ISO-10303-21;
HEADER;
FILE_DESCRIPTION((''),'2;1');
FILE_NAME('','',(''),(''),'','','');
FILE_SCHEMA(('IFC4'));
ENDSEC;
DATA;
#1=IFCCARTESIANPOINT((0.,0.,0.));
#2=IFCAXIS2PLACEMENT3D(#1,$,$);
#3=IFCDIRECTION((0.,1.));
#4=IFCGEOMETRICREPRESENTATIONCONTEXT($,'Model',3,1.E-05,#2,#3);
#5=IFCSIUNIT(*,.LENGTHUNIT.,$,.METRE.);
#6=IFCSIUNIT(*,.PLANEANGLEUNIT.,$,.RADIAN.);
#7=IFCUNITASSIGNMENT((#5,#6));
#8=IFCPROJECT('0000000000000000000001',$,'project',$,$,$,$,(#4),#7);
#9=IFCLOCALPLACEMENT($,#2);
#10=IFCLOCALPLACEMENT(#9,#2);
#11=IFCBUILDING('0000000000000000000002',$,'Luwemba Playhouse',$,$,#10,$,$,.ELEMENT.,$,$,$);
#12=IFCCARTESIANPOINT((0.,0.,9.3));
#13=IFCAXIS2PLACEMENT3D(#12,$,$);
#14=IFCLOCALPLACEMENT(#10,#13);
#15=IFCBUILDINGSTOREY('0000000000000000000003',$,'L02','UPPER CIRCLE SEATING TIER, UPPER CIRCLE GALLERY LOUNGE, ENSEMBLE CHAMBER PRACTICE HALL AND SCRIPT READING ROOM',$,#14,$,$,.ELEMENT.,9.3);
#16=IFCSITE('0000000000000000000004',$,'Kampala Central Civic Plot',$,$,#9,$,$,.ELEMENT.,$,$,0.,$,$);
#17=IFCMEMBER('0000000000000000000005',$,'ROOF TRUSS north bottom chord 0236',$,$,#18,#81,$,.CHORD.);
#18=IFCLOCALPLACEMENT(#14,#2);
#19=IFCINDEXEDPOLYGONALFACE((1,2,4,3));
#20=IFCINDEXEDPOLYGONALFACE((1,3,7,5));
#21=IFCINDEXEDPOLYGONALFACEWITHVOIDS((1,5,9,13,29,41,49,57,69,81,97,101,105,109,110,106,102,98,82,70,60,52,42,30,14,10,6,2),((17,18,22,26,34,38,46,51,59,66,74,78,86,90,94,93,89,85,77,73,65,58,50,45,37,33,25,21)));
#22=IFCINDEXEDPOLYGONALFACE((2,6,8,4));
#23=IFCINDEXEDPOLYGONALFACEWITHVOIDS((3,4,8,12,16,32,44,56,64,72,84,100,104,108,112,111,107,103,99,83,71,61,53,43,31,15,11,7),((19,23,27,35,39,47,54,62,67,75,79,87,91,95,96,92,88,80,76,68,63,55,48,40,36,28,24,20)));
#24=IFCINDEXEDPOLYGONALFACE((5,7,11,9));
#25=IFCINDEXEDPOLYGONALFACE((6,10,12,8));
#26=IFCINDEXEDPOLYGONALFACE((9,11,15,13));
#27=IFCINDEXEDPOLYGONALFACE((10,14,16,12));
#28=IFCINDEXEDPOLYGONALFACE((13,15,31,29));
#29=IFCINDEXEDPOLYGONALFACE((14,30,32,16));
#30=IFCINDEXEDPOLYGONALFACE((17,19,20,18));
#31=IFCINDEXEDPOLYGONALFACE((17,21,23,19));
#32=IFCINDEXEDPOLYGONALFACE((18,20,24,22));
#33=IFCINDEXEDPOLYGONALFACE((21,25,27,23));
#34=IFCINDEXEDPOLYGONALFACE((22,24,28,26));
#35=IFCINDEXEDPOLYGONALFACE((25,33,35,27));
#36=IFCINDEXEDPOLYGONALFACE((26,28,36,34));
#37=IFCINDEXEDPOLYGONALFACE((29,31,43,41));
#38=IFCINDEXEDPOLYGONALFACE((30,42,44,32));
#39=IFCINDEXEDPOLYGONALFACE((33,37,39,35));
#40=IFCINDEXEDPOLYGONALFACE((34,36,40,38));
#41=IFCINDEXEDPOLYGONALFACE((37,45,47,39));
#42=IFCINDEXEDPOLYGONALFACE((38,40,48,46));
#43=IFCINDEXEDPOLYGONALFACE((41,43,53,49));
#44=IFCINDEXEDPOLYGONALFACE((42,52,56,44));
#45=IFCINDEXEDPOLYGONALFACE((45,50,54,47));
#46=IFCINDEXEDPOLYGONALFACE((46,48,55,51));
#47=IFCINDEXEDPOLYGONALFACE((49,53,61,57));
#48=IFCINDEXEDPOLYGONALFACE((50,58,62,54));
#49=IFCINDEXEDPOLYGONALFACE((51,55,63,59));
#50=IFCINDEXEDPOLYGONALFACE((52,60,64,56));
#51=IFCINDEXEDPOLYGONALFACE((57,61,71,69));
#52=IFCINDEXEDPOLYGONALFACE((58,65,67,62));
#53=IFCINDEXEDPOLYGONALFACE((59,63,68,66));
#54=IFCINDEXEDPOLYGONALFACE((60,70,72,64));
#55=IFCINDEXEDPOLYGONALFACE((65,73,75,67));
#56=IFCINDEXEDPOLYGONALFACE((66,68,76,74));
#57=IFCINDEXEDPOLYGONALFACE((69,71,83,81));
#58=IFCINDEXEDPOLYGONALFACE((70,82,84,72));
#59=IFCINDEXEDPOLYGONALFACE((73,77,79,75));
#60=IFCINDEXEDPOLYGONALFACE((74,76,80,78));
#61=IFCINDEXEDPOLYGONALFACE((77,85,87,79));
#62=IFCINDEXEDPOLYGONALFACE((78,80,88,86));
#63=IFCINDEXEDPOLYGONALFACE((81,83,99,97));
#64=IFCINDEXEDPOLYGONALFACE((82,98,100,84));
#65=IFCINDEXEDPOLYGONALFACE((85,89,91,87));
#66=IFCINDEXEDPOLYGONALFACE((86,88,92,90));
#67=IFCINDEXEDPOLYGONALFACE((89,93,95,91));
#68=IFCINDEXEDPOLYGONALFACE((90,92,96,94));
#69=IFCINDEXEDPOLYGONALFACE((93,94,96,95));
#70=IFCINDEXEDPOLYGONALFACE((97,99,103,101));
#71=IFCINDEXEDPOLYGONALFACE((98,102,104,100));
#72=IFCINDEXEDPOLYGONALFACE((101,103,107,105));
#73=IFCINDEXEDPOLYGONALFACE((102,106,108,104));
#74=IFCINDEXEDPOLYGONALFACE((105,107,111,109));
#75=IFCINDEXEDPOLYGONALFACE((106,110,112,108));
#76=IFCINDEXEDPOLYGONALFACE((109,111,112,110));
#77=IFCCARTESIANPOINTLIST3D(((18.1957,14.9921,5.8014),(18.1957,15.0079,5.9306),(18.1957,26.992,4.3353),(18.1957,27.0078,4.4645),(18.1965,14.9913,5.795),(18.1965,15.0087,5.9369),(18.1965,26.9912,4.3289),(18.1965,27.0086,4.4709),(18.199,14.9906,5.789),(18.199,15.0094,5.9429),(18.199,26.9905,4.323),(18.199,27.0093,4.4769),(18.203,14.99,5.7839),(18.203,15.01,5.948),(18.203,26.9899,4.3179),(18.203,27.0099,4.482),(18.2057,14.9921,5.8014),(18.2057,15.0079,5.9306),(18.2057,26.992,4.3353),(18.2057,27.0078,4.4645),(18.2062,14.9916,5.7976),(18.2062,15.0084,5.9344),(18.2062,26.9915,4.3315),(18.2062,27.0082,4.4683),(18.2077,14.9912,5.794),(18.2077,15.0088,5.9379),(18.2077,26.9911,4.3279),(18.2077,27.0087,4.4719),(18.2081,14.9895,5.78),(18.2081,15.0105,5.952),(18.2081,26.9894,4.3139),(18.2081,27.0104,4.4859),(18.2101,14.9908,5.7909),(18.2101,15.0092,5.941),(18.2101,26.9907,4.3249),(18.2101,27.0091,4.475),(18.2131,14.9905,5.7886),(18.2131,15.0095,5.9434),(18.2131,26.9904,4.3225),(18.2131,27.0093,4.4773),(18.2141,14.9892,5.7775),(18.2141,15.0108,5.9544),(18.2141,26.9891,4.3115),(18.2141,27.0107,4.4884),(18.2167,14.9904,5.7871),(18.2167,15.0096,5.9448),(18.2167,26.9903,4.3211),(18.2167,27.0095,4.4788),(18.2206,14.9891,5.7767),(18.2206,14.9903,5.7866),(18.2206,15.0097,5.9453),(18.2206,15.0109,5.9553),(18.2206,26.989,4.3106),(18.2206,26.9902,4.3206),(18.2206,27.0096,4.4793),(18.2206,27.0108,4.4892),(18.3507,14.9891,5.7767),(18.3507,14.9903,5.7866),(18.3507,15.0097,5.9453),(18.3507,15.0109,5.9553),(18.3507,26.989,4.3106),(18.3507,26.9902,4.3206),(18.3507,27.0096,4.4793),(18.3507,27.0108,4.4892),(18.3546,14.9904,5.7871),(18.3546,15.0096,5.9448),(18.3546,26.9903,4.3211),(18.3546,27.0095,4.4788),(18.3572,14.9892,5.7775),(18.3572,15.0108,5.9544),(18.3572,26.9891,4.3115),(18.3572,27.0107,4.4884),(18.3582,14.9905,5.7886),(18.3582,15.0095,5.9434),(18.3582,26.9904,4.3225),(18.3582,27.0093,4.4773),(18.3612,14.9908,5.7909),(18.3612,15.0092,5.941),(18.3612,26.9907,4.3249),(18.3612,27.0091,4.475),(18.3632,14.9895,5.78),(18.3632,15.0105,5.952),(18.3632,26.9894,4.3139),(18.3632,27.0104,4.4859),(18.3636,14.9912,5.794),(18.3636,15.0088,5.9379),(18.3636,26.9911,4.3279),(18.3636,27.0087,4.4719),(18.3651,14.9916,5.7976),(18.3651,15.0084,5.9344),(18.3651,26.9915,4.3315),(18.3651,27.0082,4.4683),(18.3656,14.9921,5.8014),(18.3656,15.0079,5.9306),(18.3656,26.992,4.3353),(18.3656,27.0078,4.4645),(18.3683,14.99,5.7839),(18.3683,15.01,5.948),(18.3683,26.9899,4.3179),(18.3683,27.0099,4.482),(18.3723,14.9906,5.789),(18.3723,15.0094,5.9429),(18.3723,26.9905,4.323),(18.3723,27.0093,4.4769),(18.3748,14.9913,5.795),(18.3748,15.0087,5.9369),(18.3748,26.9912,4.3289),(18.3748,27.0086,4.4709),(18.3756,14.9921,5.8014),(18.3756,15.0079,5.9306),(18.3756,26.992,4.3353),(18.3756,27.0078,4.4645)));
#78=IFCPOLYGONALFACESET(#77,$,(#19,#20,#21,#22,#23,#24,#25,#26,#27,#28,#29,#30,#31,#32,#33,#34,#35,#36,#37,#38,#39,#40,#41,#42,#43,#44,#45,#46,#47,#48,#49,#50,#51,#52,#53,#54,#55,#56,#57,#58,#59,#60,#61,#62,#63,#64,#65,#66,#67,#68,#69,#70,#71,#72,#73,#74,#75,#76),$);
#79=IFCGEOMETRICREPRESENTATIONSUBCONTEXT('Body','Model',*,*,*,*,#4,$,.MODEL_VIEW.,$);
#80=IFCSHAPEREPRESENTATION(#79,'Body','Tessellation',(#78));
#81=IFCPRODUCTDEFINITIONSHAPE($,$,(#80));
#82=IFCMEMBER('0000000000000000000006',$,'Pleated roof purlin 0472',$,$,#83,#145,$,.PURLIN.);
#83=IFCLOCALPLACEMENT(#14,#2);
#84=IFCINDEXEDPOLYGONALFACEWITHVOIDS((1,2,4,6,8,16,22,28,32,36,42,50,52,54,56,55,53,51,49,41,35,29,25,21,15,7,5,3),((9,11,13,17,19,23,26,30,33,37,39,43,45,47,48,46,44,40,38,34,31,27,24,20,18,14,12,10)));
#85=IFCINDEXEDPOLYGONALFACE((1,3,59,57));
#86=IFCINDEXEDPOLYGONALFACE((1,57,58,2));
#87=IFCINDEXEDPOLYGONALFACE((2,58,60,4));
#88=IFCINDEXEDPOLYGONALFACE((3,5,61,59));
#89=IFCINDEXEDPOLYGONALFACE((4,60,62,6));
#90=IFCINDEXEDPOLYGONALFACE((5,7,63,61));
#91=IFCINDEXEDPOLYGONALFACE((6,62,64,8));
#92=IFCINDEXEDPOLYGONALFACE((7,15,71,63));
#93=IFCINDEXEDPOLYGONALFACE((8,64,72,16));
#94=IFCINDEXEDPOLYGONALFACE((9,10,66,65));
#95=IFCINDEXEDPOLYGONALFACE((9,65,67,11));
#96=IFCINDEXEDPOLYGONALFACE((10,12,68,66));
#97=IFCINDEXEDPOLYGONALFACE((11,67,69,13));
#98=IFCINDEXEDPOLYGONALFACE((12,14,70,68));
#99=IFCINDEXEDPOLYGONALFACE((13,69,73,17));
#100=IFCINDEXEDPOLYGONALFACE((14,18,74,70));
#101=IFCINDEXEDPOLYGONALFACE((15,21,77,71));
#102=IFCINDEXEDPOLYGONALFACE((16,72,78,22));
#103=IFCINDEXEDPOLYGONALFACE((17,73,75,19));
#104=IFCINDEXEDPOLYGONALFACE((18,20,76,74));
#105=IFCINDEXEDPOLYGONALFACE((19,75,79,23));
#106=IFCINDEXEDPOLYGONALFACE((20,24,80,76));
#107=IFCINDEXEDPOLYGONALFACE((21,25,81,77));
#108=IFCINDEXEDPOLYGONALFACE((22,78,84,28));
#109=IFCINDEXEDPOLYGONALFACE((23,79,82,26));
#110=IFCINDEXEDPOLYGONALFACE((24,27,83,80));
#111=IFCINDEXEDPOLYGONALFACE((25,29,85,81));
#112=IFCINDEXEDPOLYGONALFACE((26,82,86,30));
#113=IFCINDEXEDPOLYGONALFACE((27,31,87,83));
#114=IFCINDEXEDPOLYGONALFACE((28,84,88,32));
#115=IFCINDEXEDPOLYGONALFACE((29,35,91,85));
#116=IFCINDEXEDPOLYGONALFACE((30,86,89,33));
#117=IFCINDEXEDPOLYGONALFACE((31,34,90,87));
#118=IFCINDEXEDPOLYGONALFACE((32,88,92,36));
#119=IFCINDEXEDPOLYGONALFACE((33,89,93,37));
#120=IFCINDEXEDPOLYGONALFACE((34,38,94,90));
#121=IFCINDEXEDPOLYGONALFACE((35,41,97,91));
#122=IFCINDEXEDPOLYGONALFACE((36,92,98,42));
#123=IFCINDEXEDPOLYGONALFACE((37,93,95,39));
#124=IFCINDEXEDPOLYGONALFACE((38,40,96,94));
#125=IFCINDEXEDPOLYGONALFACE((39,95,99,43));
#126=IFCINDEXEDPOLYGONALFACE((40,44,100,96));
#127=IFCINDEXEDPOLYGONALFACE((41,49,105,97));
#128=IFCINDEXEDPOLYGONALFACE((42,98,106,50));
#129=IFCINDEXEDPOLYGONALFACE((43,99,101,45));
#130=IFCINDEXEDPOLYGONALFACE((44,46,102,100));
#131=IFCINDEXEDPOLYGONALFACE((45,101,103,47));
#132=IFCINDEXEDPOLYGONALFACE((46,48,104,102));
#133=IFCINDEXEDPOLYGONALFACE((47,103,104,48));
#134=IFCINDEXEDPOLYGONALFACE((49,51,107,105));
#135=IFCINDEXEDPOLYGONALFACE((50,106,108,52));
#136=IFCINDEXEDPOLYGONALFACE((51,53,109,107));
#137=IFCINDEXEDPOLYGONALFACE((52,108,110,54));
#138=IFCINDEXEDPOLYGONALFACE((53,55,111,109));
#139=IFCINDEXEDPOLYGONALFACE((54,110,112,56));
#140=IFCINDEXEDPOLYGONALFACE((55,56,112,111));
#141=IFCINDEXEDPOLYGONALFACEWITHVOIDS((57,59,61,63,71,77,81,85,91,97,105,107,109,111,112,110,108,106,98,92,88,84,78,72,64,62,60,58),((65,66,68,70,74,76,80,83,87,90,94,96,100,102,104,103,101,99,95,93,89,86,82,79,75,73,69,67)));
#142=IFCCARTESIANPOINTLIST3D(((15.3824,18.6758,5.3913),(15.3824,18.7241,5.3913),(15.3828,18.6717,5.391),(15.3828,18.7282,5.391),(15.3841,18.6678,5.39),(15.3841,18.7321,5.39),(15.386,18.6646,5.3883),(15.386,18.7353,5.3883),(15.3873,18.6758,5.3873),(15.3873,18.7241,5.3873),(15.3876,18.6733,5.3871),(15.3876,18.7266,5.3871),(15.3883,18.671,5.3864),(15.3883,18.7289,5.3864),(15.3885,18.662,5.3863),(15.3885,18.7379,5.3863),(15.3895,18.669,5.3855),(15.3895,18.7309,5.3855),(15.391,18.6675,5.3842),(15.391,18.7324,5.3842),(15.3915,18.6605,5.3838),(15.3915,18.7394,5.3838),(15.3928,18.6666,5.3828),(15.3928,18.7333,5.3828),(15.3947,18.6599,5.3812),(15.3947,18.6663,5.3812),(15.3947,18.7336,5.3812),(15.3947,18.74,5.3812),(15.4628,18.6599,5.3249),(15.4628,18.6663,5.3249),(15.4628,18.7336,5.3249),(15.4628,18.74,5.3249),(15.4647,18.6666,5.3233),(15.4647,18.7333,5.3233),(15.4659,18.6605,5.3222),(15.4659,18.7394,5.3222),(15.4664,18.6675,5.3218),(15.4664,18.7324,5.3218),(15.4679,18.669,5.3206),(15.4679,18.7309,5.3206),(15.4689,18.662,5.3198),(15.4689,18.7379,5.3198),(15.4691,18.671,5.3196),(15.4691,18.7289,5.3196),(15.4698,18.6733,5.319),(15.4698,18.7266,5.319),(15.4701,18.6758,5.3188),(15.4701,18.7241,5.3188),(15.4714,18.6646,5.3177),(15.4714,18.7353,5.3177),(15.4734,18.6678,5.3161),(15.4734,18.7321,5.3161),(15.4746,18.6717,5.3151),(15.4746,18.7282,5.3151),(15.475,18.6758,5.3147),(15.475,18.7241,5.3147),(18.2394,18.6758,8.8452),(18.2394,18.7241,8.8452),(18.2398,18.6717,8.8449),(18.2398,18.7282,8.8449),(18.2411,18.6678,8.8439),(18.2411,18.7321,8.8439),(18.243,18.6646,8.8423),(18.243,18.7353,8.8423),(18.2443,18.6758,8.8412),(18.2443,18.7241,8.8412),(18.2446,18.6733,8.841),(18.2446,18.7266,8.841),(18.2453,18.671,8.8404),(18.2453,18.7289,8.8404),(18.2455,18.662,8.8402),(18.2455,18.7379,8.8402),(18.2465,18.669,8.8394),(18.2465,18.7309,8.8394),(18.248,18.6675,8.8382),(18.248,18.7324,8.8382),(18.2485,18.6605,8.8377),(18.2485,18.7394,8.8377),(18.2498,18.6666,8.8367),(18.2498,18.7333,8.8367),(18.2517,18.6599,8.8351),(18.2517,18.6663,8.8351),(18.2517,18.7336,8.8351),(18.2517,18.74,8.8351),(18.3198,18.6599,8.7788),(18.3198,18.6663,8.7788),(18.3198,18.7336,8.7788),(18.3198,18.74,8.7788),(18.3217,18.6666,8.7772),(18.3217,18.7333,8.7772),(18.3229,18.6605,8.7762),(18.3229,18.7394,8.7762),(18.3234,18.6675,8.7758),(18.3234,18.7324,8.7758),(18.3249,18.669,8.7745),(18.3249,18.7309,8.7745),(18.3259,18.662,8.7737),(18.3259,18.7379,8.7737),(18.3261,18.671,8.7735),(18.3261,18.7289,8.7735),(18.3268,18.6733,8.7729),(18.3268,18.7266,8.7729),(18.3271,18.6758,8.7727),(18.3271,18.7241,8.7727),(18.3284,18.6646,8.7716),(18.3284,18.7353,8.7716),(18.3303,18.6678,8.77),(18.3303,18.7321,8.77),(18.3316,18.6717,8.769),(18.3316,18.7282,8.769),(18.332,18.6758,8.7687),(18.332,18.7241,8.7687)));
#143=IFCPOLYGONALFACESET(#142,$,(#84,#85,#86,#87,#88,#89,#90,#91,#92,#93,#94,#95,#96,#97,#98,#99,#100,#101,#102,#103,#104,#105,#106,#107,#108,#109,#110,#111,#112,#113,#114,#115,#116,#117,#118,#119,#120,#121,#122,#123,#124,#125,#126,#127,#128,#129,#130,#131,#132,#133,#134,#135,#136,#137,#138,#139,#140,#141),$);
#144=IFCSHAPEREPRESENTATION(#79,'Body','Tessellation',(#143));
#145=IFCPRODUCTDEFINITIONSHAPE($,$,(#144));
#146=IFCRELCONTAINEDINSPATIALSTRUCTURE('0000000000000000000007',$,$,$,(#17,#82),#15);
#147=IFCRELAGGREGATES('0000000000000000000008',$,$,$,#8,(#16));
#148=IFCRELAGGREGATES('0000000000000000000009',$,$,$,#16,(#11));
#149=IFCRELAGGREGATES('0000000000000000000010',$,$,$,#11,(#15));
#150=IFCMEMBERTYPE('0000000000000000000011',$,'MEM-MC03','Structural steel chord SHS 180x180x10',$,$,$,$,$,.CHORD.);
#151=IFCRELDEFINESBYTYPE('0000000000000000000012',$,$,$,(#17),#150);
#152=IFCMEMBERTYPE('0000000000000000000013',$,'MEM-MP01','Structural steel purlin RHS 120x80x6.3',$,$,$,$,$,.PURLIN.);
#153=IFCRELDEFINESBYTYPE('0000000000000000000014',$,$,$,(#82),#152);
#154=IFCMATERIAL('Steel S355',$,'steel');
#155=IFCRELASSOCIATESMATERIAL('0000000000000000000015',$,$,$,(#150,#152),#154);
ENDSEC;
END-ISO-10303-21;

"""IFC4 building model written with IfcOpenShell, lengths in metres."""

from ifc_helpers import new_model, si_unit, direction, frame, origin, origin_2d, place, context, subcontext, project, spatial, hollow_rectangle, extrude, material, material_profile, profile_set, type_object, element, save


model = new_model("IFC4")

# Units and contexts
model_context = context("Model", 3, precision=1e-05, world=origin(), true_north=direction((0.0, 1.0)))
body_context = subcontext(model_context, "Body", "Model", "MODEL_VIEW")
ifc_project = project(units=[si_unit("LENGTHUNIT", "METRE"), si_unit("PLANEANGLEUNIT", "RADIAN")], contexts=[model_context])

# Site, building, storey
site_placement = place(None, origin())
site = spatial("IfcSite", under=ifc_project, at=site_placement, Name="Kampala Central Civic Plot", CompositionType="ELEMENT", RefElevation=0.0)
building_placement = place(site_placement, origin())
building = spatial("IfcBuilding", under=site, at=building_placement, Name="Luwemba Playhouse", CompositionType="ELEMENT")
storey_placement = place(building_placement, frame((0.0, 0.0, 9.3)))
storey = spatial("IfcBuildingStorey", under=building, at=storey_placement, Name="L02", Description="UPPER CIRCLE SEATING TIER, UPPER CIRCLE GALLERY LOUNGE, ENSEMBLE CHAMBER PRACTICE HALL AND SCRIPT READING ROOM", CompositionType="ELEMENT", Elevation=9.3)

# Shared definitions
ifc_material_1 = material(Name="Steel S355", Category="steel")

# Members
ifc_material_profile_1 = material_profile(ifc_material_1, hollow_rectangle(XDim=0.1799, YDim=0.1799, WallThickness=0.01, InnerFilletRadius=0.0149, OuterFilletRadius=0.0249, at=origin_2d()))
ifc_profile_set_1 = profile_set([ifc_material_profile_1], Name="Steel S355")
member_type_1 = type_object("IfcMemberType", Name="MEM-MC03", Description="Structural steel chord SHS 180x180x10", PredefinedType="CHORD", material=ifc_profile_set_1)
member_1_placement = place(storey_placement, frame((18.2856, 15.0, 5.866), z_axis=(0.0, 0.99262, -0.12127), x_axis=(-1.0, 0.0, 0.0)))
element("IfcMember", 1, at=member_1_placement, inside=storey, type_object=member_type_1, Name="ROOF TRUSS north bottom chord 0236", PredefinedType="CHORD", context=body_context, shape_type="SweptSolid", body=[
    extrude(hollow_rectangle(XDim=0.1799, YDim=0.1799, WallThickness=0.01, InnerFilletRadius=0.0149, OuterFilletRadius=0.0249, at=origin_2d()), origin(), (0.0, 0.0, 1.0), 12.0891),
])
ifc_material_profile_2 = material_profile(ifc_material_1, hollow_rectangle(XDim=0.0801, YDim=0.1201, WallThickness=0.0063, InnerFilletRadius=0.0095, OuterFilletRadius=0.0159, at=origin_2d()))
ifc_profile_set_2 = profile_set([ifc_material_profile_2], Name="Steel S355")
member_type_2 = type_object("IfcMemberType", Name="MEM-MP01", Description="Structural steel purlin RHS 120x80x6.3", PredefinedType="PURLIN", material=ifc_profile_set_2)
member_2_placement = place(storey_placement, frame((15.4287, 18.7, 5.353), z_axis=(0.637378, 0.0, 0.770551), x_axis=(0.0, 1.0, 0.0)))
element("IfcMember", 2, at=member_2_placement, inside=storey, type_object=member_type_2, Name="Pleated roof purlin 0472", PredefinedType="PURLIN", context=body_context, shape_type="SweptSolid", body=[
    extrude(hollow_rectangle(XDim=0.0801, YDim=0.1201, WallThickness=0.0063, InnerFilletRadius=0.0095, OuterFilletRadius=0.0159, at=origin_2d()), origin(), (0.0, 0.0, 1.0), 4.4824),
])

save(model, "model.ifc")
